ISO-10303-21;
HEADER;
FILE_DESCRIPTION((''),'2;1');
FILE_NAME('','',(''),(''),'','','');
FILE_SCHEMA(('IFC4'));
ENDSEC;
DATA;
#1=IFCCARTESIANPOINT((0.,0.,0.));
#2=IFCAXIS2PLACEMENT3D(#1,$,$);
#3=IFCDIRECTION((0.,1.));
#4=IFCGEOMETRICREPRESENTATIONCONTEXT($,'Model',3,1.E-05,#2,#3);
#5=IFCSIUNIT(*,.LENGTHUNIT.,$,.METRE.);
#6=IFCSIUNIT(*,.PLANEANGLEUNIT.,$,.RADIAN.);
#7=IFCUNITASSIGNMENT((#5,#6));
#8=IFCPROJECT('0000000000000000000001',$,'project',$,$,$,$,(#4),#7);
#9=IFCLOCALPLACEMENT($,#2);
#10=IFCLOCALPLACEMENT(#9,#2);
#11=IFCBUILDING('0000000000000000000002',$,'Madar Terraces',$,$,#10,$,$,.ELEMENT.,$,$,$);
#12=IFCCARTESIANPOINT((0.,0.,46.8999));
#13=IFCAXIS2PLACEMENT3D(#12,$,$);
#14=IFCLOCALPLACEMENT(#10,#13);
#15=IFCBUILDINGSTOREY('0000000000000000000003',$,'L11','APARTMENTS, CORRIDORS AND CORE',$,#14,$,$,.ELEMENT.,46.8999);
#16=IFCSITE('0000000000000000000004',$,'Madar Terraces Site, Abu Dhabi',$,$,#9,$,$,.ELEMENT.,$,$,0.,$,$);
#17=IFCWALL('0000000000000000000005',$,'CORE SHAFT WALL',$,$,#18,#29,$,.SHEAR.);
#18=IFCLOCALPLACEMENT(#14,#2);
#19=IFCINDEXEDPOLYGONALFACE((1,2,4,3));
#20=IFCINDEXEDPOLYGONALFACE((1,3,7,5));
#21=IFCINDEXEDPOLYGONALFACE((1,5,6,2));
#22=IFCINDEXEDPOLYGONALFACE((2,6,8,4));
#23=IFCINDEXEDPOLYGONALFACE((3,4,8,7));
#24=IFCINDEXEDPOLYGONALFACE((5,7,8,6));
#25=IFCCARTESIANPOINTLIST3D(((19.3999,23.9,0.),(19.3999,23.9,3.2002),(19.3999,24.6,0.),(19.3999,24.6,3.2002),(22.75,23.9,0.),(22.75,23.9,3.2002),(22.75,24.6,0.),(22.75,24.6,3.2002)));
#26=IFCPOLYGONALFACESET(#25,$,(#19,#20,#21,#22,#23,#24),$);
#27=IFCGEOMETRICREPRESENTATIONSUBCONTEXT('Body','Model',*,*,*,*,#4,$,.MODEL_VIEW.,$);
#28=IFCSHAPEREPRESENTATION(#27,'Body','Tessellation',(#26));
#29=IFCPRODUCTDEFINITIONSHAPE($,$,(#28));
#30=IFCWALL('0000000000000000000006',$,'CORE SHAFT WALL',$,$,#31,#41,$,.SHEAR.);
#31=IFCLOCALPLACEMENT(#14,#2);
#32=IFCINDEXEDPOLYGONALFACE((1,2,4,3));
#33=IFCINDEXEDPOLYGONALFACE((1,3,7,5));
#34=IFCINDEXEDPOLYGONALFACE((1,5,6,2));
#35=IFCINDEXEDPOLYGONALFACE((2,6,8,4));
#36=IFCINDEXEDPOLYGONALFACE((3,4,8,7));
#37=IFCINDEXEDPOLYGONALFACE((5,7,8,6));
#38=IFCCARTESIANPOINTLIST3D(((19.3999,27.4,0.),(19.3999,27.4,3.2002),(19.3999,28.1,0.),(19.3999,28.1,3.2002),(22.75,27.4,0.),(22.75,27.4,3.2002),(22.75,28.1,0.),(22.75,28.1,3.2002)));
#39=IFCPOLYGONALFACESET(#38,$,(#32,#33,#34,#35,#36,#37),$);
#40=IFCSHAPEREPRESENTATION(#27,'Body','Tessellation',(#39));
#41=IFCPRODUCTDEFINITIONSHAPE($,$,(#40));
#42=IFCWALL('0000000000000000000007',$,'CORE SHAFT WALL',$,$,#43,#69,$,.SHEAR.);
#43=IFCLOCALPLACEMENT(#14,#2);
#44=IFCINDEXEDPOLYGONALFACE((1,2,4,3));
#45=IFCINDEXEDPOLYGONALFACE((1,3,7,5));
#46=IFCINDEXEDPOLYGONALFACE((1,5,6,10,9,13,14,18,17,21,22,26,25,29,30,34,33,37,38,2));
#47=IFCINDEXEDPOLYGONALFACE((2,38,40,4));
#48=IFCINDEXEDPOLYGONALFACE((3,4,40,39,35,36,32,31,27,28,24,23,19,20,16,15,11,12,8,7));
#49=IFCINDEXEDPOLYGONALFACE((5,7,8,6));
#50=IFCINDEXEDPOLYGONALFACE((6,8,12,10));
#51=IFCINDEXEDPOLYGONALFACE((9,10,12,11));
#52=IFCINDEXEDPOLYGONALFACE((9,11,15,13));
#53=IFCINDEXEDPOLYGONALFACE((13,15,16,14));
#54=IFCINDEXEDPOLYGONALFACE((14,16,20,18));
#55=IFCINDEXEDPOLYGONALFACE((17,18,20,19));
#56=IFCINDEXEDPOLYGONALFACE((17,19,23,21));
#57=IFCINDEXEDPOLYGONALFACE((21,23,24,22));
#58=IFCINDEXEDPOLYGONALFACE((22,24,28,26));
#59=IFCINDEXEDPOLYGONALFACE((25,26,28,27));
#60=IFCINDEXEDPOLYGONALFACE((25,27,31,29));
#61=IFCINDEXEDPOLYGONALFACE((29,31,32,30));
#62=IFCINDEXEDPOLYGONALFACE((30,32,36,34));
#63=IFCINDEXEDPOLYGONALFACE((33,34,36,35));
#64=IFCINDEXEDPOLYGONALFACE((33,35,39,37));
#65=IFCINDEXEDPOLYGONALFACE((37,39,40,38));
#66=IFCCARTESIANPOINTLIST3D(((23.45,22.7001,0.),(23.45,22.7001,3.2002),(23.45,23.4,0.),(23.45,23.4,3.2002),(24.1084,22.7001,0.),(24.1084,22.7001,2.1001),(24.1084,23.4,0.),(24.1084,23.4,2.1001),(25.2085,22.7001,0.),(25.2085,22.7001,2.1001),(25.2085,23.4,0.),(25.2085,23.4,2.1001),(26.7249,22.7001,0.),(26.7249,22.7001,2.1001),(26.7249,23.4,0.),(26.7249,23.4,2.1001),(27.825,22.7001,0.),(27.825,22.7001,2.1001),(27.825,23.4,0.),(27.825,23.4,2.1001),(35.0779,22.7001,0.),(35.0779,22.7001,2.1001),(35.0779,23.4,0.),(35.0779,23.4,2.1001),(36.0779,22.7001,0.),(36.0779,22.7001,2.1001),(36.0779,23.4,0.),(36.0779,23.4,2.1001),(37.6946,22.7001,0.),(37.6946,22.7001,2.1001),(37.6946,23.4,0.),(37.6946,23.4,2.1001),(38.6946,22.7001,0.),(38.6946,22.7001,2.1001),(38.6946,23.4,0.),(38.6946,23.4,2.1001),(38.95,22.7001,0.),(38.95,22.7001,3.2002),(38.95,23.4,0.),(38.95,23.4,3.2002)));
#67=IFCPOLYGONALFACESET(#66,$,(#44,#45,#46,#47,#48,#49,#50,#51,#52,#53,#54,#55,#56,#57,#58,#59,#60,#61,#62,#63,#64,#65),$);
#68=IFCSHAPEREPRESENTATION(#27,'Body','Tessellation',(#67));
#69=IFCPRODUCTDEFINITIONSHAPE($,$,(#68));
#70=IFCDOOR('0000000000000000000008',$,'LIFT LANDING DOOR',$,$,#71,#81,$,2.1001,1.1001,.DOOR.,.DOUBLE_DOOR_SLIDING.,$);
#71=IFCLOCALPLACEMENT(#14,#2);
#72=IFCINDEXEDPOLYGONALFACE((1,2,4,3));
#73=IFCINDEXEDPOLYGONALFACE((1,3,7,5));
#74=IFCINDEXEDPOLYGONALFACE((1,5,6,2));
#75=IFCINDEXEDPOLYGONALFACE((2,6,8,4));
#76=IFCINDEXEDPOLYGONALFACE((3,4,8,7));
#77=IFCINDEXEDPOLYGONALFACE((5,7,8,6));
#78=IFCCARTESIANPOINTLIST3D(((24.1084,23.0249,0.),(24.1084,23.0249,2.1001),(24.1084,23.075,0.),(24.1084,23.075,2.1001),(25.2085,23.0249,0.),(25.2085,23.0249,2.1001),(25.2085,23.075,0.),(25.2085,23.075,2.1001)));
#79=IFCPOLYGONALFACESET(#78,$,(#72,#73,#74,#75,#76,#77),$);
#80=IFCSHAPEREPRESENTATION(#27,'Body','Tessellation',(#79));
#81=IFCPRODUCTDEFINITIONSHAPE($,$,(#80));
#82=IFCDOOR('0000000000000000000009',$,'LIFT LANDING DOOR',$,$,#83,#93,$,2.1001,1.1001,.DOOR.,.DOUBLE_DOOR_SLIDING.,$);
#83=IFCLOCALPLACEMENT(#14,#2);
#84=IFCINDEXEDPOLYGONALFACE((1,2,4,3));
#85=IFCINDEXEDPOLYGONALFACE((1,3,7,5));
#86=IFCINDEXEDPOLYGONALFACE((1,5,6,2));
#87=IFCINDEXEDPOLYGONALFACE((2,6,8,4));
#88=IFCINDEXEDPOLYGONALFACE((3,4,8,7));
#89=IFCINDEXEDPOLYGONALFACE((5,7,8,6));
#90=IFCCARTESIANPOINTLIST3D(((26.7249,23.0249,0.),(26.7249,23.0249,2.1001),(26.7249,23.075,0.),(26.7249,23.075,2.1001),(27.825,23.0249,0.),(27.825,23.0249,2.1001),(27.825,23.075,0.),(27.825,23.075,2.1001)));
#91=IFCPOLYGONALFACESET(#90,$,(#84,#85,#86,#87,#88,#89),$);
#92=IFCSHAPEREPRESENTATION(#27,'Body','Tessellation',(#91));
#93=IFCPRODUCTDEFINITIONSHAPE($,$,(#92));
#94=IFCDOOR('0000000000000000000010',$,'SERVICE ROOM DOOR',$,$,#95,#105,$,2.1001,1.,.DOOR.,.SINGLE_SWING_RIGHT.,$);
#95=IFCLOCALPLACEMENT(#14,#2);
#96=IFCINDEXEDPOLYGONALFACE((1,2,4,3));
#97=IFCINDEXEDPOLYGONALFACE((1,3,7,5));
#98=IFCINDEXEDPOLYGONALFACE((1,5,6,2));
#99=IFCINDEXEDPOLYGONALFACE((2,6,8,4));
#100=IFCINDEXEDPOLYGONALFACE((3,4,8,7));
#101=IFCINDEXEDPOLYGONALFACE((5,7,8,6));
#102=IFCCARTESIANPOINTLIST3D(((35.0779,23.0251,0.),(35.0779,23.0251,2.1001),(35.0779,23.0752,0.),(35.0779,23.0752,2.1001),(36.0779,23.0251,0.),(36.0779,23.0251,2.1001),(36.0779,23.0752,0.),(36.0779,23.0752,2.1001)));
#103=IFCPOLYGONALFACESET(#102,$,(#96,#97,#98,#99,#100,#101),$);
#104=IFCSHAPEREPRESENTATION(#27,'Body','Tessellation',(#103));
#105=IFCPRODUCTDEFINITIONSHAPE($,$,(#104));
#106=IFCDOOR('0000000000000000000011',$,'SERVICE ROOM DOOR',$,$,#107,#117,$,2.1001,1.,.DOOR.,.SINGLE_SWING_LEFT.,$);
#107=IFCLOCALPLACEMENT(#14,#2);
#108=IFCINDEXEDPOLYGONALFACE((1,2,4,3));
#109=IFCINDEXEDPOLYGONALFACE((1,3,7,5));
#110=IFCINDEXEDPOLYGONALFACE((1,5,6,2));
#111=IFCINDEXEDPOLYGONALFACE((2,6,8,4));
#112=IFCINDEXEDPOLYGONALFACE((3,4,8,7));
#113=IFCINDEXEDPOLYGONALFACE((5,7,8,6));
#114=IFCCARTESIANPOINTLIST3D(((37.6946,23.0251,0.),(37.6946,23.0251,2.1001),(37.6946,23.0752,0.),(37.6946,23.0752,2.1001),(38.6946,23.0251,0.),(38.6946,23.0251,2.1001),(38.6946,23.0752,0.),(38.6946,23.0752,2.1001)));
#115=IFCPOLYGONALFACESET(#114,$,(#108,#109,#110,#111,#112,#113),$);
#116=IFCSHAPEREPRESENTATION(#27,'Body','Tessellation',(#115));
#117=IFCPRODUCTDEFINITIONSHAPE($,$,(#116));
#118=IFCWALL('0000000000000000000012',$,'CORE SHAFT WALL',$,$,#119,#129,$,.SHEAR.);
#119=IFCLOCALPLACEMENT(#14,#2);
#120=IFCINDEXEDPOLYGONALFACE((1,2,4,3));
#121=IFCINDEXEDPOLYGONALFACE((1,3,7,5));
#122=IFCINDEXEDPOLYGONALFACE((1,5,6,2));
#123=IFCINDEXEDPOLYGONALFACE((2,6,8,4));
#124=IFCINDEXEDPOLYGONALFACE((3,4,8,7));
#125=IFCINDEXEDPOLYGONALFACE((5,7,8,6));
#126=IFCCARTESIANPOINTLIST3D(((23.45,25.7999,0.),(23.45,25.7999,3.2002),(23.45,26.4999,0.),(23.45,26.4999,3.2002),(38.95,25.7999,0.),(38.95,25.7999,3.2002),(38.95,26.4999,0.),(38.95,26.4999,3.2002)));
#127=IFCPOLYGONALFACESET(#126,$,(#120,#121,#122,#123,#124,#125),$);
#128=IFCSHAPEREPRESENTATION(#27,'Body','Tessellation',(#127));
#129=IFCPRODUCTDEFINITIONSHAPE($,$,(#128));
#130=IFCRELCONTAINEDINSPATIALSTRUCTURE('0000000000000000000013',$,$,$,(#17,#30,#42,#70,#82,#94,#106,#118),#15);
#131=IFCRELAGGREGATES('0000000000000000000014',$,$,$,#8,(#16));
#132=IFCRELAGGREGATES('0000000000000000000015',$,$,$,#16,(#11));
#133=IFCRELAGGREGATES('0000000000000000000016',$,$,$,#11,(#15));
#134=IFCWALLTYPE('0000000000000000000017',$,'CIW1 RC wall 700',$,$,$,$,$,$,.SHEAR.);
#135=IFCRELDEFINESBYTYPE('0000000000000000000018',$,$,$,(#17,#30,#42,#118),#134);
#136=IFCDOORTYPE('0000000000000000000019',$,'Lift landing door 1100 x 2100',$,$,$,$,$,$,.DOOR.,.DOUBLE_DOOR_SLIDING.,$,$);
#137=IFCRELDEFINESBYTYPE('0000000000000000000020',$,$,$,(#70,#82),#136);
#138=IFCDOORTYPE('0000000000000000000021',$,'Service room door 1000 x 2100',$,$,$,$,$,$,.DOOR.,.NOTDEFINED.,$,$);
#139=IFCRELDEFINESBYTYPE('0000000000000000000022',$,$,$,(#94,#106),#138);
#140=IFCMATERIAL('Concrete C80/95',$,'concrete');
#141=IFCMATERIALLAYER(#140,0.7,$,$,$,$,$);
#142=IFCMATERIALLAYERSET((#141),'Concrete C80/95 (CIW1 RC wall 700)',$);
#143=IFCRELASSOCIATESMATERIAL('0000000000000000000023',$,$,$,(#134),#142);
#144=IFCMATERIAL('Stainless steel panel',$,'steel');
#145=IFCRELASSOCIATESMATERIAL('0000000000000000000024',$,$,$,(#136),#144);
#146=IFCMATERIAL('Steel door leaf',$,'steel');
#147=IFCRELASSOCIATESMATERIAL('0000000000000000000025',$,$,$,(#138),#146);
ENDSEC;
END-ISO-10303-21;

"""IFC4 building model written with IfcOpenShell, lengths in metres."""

from ifc_helpers import new_model, si_unit, direction, frame, frame_2d, origin, place, context, subcontext, project, spatial, rectangle, extrude, material, layer, layer_set, type_object, element, fill, save


model = new_model("IFC4")

# Units and contexts
model_context = context("Model", 3, precision=1e-05, world=origin(), true_north=direction((0.0, 1.0)))
body_context = subcontext(model_context, "Body", "Model", "MODEL_VIEW")
ifc_project = project(units=[si_unit("LENGTHUNIT", "METRE"), si_unit("PLANEANGLEUNIT", "RADIAN")], contexts=[model_context])

# Site, building, storey
site_placement = place(None, origin())
site = spatial("IfcSite", under=ifc_project, at=site_placement, Name="Madar Terraces Site, Abu Dhabi", CompositionType="ELEMENT", RefElevation=0.0)
building_placement = place(site_placement, origin())
building = spatial("IfcBuilding", under=site, at=building_placement, Name="Madar Terraces", CompositionType="ELEMENT")
storey_placement = place(building_placement, frame((0.0, 0.0, 46.8999)))
storey = spatial("IfcBuildingStorey", under=building, at=storey_placement, Name="L11", Description="APARTMENTS, CORRIDORS AND CORE", CompositionType="ELEMENT", Elevation=46.8999)

# Walls
ifc_material_1 = material(Name="Concrete C80/95", Category="concrete")
ifc_layer_1 = layer(ifc_material_1, 0.7)
ifc_layer_set_1 = layer_set([ifc_layer_1], Name="Concrete C80/95 (CIW1 RC wall 700)")
wall_type_1 = type_object("IfcWallType", Name="CIW1 RC wall 700", PredefinedType="SHEAR", material=ifc_layer_set_1)
for number, where, z_axis, x_axis, name in (
    (1, (19.3999, 24.25, 0.0), (0.0, 0.0, 1.0), (1.0, 0.0, 0.0), "CORE SHAFT WALL"),
    (2, (19.3999, 27.75, 0.0), (0.0, 0.0, 1.0), (1.0, 0.0, 0.0), "CORE SHAFT WALL"),
):
    element("IfcWall", number, at=place(storey_placement, frame(where, z_axis=z_axis, x_axis=x_axis)), inside=storey, type_object=wall_type_1, Name=name, PredefinedType="SHEAR", context=body_context, shape_type="SweptSolid", body=[
        extrude(rectangle(XDim=3.3501, YDim=0.7, at=frame_2d((1.675, 0.0))), origin(), (0.0, 0.0, 1.0), 3.2002),
    ])

# Wall, openings, doors
wall_1_placement = place(storey_placement, frame((23.45, 23.05, 0.0), z_axis=(0.0, 0.0, 1.0), x_axis=(1.0, 0.0, 0.0)))
wall_1 = element("IfcWall", 3, at=wall_1_placement, inside=storey, type_object=wall_type_1, Name="CORE SHAFT WALL", PredefinedType="SHEAR", context=body_context, shape_type="SweptSolid", body=[
    extrude(rectangle(XDim=15.5, YDim=0.7, at=frame_2d((7.75, 0.0))), origin(), (0.0, 0.0, 1.0), 3.2002),
])
opening_1_placement = place(wall_1_placement, frame((0.6584, 0.0, 0.0)))
opening_1 = element("IfcOpeningElement", 4, at=opening_1_placement, cuts=wall_1, PredefinedType="OPENING", context=body_context, shape_type="SweptSolid", body=[
    extrude(rectangle(XDim=1.1001, YDim=2.1001, at=frame_2d((0.55, 1.05))), frame((0.0, 0.3599, 0.0), z_axis=(0.0, -1.0, 0.0), x_axis=(1.0, 0.0, 0.0)), (0.0, 0.0, 1.0), 0.72),
])
opening_2_placement = place(wall_1_placement, frame((3.2749, 0.0, 0.0)))
opening_2 = element("IfcOpeningElement", 5, at=opening_2_placement, cuts=wall_1, PredefinedType="OPENING", context=body_context, shape_type="SweptSolid", body=[
    extrude(rectangle(XDim=1.1001, YDim=2.1001, at=frame_2d((0.55, 1.05))), frame((0.0, 0.3599, 0.0), z_axis=(0.0, -1.0, 0.0), x_axis=(1.0, 0.0, 0.0)), (0.0, 0.0, 1.0), 0.72),
])
opening_3_placement = place(wall_1_placement, frame((11.6279, 0.0, 0.0)))
opening_3 = element("IfcOpeningElement", 6, at=opening_3_placement, cuts=wall_1, PredefinedType="OPENING", context=body_context, shape_type="SweptSolid", body=[
    extrude(rectangle(XDim=1.0, YDim=2.1001, at=frame_2d((0.5, 1.05))), frame((0.0, 0.3599, 0.0), z_axis=(0.0, -1.0, 0.0), x_axis=(1.0, 0.0, 0.0)), (0.0, 0.0, 1.0), 0.72),
])
opening_4_placement = place(wall_1_placement, frame((14.2446, 0.0, 0.0)))
opening_4 = element("IfcOpeningElement", 7, at=opening_4_placement, cuts=wall_1, PredefinedType="OPENING", context=body_context, shape_type="SweptSolid", body=[
    extrude(rectangle(XDim=1.0, YDim=2.1001, at=frame_2d((0.5, 1.05))), frame((0.0, 0.3599, 0.0), z_axis=(0.0, -1.0, 0.0), x_axis=(1.0, 0.0, 0.0)), (0.0, 0.0, 1.0), 0.72),
])
ifc_material_2 = material(Name="Stainless steel panel", Category="steel")
door_type_1 = type_object("IfcDoorType", Name="Lift landing door 1100 x 2100", OperationType="DOUBLE_DOOR_SLIDING", PredefinedType="DOOR", material=ifc_material_2)
door_1_placement = place(opening_1_placement, origin())
door_1 = element("IfcDoor", 8, at=door_1_placement, inside=storey, type_object=door_type_1, Name="LIFT LANDING DOOR", OperationType="DOUBLE_DOOR_SLIDING", OverallHeight=2.1001, OverallWidth=1.1001, PredefinedType="DOOR", context=body_context, shape_type="SweptSolid", body=[
    extrude(rectangle(XDim=1.1001, YDim=2.1001, at=frame_2d((0.55, 1.05))), frame((0.0, 0.0249, 0.0), z_axis=(0.0, -1.0, 0.0), x_axis=(1.0, 0.0, 0.0)), (0.0, 0.0, 1.0), 0.05),
])
fill(opening_1, door_1)
door_2_placement = place(opening_2_placement, origin())
door_2 = element("IfcDoor", 9, at=door_2_placement, inside=storey, type_object=door_type_1, Name="LIFT LANDING DOOR", OperationType="DOUBLE_DOOR_SLIDING", OverallHeight=2.1001, OverallWidth=1.1001, PredefinedType="DOOR", context=body_context, shape_type="SweptSolid", body=[
    extrude(rectangle(XDim=1.1001, YDim=2.1001, at=frame_2d((0.55, 1.05))), frame((0.0, 0.0249, 0.0), z_axis=(0.0, -1.0, 0.0), x_axis=(1.0, 0.0, 0.0)), (0.0, 0.0, 1.0), 0.05),
])
fill(opening_2, door_2)
ifc_material_3 = material(Name="Steel door leaf", Category="steel")
door_type_2 = type_object("IfcDoorType", Name="Service room door 1000 x 2100", OperationType="NOTDEFINED", PredefinedType="DOOR", material=ifc_material_3)
door_3_placement = place(opening_3_placement, frame((1.0, 0.0, 0.0), z_axis=(0.0, 0.0, 1.0), x_axis=(-1.0, 0.0, 0.0)))
door_3 = element("IfcDoor", 10, at=door_3_placement, inside=storey, type_object=door_type_2, Name="SERVICE ROOM DOOR", OperationType="SINGLE_SWING_RIGHT", OverallHeight=2.1001, OverallWidth=1.0, PredefinedType="DOOR", context=body_context, shape_type="SweptSolid", body=[
    extrude(rectangle(XDim=1.0, YDim=2.1001, at=frame_2d((0.5, 1.05))), frame((0.0, 0.0249, 0.0), z_axis=(0.0, -1.0, 0.0), x_axis=(1.0, 0.0, 0.0)), (0.0, 0.0, 1.0), 0.05),
])
fill(opening_3, door_3)
door_4_placement = place(opening_4_placement, frame((1.0, 0.0, 0.0), z_axis=(0.0, 0.0, 1.0), x_axis=(-1.0, 0.0, 0.0)))
door_4 = element("IfcDoor", 11, at=door_4_placement, inside=storey, type_object=door_type_2, Name="SERVICE ROOM DOOR", OperationType="SINGLE_SWING_LEFT", OverallHeight=2.1001, OverallWidth=1.0, PredefinedType="DOOR", context=body_context, shape_type="SweptSolid", body=[
    extrude(rectangle(XDim=1.0, YDim=2.1001, at=frame_2d((0.5, 1.05))), frame((0.0, 0.0249, 0.0), z_axis=(0.0, -1.0, 0.0), x_axis=(1.0, 0.0, 0.0)), (0.0, 0.0, 1.0), 0.05),
])
fill(opening_4, door_4)

# Wall
wall_2_placement = place(storey_placement, frame((23.45, 26.1499, 0.0), z_axis=(0.0, 0.0, 1.0), x_axis=(1.0, 0.0, 0.0)))
element("IfcWall", 12, at=wall_2_placement, inside=storey, type_object=wall_type_1, Name="CORE SHAFT WALL", PredefinedType="SHEAR", context=body_context, shape_type="SweptSolid", body=[
    extrude(rectangle(XDim=15.5, YDim=0.7, at=frame_2d((7.75, 0.0))), origin(), (0.0, 0.0, 1.0), 3.2002),
])

save(model, "model.ifc")
